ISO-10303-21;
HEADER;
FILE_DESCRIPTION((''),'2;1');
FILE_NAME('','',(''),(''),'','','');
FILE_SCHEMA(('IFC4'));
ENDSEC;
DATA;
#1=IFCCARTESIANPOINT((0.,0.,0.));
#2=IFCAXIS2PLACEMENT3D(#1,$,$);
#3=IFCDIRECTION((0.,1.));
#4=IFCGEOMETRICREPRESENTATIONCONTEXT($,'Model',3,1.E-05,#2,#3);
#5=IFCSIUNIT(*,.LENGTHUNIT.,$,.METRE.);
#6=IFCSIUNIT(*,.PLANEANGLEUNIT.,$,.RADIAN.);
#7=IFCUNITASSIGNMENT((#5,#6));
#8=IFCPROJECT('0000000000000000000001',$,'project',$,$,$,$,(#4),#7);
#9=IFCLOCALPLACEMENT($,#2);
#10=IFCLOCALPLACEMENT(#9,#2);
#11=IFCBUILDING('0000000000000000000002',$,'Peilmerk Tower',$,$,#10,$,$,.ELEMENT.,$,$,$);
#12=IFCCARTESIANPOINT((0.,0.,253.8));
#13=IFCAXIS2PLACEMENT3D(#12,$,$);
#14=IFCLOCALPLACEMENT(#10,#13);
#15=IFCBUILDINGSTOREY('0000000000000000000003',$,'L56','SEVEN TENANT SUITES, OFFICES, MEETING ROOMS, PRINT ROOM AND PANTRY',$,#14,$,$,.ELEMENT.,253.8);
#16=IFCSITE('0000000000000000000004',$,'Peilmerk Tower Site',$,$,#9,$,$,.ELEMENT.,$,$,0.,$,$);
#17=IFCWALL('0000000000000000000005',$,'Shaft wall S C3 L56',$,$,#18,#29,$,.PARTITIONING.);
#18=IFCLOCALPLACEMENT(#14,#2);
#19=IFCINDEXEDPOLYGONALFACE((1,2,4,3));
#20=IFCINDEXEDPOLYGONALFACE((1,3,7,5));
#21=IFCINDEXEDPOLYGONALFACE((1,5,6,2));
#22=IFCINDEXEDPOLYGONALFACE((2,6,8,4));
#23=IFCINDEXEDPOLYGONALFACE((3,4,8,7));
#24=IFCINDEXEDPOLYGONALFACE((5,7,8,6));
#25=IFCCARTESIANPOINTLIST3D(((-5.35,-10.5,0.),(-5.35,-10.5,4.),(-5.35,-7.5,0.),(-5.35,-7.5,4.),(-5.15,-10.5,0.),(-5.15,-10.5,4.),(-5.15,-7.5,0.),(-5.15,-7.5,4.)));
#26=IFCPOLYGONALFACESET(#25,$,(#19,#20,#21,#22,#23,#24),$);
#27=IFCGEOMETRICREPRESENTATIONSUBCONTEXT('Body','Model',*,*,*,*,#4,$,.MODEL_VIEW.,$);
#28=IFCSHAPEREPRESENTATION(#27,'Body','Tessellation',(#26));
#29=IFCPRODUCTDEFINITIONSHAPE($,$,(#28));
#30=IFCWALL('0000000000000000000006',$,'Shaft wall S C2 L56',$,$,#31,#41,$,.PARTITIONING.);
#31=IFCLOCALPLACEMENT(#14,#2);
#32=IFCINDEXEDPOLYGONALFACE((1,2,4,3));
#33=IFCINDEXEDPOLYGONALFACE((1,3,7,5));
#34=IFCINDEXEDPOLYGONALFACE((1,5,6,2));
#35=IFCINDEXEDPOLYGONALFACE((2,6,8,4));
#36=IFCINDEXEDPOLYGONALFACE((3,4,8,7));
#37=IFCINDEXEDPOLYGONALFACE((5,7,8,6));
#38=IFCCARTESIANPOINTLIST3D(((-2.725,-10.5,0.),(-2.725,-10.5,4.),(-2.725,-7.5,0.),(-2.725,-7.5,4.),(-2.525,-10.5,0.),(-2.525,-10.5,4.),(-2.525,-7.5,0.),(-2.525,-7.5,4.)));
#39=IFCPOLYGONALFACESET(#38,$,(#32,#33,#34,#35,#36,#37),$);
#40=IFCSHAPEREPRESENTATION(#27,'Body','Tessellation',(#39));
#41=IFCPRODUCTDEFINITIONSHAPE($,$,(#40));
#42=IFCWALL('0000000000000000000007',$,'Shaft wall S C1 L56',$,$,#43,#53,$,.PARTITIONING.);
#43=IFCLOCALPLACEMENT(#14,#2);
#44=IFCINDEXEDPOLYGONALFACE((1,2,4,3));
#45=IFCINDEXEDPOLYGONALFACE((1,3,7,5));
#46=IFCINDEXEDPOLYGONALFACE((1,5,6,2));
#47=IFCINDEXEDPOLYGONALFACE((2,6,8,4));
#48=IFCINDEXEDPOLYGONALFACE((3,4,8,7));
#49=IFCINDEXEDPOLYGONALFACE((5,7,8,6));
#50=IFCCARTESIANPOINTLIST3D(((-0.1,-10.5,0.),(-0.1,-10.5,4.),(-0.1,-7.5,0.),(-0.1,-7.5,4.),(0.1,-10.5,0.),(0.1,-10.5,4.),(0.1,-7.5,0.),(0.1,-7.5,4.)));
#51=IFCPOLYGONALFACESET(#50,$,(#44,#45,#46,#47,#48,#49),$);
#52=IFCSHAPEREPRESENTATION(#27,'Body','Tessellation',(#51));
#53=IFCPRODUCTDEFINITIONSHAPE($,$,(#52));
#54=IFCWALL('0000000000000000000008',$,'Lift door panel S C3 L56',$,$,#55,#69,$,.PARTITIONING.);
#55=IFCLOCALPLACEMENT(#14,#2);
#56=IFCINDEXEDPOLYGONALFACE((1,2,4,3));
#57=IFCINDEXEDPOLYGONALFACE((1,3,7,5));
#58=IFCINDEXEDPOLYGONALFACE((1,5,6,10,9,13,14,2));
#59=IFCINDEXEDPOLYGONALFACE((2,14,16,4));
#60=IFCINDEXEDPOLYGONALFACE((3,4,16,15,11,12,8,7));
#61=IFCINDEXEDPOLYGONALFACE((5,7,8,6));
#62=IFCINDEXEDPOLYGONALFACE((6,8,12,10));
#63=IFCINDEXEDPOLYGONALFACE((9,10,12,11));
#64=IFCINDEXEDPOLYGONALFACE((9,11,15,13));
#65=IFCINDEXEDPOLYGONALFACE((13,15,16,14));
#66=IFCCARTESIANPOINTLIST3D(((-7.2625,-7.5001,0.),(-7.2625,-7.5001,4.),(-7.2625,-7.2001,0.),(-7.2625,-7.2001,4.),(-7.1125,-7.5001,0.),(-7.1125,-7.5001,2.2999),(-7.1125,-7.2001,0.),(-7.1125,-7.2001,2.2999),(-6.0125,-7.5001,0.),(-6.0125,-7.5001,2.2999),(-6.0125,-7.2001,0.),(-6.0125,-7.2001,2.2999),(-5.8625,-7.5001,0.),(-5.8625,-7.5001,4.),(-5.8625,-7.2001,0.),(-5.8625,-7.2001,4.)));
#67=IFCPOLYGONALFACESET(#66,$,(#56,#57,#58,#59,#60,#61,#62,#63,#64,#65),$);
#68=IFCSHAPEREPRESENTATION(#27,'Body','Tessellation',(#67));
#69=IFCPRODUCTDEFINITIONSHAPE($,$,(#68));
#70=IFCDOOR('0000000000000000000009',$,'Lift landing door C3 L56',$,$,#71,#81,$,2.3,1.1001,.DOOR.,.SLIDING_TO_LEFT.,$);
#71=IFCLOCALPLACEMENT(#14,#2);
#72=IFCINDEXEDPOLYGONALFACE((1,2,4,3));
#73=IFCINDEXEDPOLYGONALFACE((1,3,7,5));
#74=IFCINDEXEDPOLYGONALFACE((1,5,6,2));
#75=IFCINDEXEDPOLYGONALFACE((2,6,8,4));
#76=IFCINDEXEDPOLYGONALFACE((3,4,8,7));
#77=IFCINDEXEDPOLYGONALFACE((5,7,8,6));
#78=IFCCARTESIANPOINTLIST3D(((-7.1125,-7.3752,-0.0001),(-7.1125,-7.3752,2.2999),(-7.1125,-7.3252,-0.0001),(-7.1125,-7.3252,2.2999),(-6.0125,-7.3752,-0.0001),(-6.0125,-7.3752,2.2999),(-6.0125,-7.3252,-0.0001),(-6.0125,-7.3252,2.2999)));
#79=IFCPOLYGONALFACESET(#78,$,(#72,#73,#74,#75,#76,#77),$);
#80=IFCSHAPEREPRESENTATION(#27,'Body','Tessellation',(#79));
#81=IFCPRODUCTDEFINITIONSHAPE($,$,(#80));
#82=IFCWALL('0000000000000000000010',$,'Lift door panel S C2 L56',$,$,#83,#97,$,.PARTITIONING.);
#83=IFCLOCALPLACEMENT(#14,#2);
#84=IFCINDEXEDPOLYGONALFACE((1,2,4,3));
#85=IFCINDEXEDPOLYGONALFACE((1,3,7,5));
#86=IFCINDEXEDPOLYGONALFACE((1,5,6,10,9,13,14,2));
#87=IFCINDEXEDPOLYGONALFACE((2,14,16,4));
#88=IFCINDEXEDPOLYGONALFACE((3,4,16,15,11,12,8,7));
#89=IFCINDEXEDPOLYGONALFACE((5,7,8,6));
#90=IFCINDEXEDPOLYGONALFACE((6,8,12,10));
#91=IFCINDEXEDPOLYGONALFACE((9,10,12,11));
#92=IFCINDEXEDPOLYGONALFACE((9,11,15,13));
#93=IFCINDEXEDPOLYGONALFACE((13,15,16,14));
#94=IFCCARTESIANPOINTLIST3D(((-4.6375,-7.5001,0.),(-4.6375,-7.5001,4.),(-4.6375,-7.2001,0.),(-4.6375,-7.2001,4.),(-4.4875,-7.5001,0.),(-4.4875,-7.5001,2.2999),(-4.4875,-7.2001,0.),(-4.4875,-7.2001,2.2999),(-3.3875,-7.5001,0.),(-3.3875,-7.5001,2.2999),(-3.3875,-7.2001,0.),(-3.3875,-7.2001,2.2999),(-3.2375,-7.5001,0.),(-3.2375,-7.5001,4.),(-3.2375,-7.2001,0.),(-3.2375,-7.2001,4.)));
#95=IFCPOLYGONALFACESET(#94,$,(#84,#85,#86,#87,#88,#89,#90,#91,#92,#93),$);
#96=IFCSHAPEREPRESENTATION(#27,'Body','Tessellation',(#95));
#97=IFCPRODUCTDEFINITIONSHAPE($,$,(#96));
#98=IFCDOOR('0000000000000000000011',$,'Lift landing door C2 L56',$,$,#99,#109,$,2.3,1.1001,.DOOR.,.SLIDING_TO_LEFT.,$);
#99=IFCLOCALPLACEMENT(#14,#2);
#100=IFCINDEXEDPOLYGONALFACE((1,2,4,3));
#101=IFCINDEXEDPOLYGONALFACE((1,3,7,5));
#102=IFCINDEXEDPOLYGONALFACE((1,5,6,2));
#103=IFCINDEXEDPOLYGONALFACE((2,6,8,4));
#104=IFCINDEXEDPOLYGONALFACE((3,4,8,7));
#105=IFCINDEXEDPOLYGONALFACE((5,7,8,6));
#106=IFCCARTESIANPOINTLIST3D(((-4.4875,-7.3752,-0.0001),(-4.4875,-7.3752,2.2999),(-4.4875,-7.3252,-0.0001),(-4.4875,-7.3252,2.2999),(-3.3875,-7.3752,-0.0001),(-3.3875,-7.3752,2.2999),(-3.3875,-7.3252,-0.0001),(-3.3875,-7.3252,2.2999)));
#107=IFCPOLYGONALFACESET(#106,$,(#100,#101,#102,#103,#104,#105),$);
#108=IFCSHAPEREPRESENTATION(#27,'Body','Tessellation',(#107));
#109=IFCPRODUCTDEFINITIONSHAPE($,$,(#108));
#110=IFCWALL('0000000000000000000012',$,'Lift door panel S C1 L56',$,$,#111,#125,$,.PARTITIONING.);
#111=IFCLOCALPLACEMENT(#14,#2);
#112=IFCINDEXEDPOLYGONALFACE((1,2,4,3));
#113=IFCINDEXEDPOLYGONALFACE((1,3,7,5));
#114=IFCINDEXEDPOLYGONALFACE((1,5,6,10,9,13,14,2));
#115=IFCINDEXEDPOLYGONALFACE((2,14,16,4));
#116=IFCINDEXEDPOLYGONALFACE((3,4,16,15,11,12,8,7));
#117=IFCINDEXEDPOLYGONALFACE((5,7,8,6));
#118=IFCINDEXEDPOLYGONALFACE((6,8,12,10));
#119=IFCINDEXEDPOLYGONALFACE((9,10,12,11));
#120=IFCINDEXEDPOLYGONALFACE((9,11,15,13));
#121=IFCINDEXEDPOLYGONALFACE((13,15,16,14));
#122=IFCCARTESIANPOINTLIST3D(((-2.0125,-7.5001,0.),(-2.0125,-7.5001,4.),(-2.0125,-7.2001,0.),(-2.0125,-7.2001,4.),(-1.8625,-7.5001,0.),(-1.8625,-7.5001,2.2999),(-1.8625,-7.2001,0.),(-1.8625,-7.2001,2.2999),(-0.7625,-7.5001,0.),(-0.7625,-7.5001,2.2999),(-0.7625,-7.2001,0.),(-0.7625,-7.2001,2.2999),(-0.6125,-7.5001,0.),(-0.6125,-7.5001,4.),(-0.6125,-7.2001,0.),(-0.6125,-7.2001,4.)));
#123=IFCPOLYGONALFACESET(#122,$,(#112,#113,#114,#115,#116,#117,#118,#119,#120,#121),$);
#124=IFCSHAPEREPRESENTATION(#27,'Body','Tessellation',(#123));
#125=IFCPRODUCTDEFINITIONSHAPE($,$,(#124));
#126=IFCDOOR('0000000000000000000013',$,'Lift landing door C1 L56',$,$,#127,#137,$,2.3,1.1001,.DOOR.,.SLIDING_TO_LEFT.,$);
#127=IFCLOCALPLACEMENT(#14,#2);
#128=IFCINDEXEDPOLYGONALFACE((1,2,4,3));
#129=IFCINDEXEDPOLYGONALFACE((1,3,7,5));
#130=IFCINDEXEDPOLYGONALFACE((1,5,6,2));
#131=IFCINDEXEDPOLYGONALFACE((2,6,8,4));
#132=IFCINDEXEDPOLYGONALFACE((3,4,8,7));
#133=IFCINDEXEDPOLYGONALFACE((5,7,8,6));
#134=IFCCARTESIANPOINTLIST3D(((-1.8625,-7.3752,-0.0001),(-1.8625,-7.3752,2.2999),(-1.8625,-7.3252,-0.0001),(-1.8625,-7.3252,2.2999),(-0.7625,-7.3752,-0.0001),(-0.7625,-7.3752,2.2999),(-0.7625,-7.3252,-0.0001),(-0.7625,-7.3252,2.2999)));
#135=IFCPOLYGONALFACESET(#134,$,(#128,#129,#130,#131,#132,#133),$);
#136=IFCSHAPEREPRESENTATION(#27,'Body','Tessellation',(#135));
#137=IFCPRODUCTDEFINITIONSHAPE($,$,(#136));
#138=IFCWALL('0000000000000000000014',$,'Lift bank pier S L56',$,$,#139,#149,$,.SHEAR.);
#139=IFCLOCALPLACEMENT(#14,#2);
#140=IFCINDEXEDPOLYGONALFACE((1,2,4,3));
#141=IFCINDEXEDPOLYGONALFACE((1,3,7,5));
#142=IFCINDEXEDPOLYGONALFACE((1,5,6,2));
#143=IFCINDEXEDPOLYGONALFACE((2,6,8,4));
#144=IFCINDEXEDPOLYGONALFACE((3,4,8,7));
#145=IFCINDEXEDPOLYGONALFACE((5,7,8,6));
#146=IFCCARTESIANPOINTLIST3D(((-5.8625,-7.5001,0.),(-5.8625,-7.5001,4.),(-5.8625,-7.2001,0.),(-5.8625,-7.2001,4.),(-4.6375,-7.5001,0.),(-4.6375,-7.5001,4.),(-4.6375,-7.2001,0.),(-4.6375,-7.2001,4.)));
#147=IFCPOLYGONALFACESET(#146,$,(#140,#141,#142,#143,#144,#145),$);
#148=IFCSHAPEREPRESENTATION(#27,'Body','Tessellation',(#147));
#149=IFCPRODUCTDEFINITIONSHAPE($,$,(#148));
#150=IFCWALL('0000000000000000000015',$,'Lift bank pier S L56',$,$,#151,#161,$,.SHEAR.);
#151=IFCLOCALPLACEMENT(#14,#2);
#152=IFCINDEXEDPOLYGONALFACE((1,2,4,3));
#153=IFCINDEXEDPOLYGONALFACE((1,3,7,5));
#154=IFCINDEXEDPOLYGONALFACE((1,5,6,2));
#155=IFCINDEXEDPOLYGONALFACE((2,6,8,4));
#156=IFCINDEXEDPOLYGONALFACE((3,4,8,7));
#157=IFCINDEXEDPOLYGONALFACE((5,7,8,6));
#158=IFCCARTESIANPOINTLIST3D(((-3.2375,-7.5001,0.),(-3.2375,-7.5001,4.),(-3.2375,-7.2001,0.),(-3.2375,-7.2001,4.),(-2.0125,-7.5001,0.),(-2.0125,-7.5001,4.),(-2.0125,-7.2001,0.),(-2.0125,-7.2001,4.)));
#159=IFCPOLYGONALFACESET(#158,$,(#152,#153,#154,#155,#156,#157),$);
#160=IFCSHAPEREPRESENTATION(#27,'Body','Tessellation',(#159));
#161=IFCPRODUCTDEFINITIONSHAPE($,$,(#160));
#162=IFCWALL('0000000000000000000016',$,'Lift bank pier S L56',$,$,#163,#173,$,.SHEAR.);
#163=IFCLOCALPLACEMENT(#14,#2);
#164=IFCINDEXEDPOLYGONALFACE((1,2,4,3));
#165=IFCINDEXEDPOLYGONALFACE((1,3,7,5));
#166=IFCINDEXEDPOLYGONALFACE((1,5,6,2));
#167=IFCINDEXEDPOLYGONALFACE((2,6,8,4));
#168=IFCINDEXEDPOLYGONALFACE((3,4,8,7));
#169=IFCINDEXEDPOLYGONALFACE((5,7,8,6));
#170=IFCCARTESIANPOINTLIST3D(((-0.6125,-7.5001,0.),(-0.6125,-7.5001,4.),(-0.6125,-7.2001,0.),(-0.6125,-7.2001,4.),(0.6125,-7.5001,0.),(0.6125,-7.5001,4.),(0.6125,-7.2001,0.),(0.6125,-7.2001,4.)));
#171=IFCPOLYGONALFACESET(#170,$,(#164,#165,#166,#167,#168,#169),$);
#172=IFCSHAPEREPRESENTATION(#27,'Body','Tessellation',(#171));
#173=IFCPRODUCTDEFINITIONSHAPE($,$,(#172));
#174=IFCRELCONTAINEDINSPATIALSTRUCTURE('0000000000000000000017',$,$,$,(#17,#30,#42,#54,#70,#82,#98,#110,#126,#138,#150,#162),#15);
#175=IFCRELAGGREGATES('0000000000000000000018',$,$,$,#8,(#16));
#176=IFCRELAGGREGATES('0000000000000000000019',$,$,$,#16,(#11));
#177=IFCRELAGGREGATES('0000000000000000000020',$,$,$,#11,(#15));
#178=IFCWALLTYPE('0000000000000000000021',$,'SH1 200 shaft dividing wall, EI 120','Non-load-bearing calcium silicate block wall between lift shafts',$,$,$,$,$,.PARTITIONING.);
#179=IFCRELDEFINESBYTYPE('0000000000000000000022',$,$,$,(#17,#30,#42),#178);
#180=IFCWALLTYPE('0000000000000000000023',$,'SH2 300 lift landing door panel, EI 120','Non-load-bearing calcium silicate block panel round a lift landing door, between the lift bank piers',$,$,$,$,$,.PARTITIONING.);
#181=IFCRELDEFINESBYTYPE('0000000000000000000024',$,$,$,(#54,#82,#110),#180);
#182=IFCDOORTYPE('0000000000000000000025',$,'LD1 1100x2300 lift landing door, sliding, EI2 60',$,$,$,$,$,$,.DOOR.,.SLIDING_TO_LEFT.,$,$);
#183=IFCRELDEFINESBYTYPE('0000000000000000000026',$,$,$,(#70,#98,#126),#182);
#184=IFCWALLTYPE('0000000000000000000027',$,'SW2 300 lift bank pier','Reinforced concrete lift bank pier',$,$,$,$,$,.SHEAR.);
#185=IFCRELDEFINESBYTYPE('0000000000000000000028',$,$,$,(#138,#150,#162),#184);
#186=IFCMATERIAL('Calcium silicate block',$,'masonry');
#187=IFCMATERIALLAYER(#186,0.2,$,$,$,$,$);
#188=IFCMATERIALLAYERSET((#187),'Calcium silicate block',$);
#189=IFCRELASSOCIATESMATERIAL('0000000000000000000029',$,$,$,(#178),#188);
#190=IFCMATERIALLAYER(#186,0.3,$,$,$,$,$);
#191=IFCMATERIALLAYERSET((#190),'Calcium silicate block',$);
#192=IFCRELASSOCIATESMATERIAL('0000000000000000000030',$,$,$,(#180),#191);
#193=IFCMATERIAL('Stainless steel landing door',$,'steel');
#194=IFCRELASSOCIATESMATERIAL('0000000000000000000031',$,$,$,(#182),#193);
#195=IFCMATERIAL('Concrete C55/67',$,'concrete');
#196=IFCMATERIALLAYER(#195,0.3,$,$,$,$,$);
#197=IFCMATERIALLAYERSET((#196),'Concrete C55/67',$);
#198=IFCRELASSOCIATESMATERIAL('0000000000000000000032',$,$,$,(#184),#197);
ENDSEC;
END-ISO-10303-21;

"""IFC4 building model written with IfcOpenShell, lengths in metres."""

from ifc_helpers import new_model, si_unit, direction, frame, frame_2d, origin, place, context, subcontext, project, spatial, rectangle, extrude, material, layer, layer_set, type_object, element, fill, save


model = new_model("IFC4")

# Units and contexts
model_context = context("Model", 3, precision=1e-05, world=origin(), true_north=direction((0.0, 1.0)))
body_context = subcontext(model_context, "Body", "Model", "MODEL_VIEW")
ifc_project = project(units=[si_unit("LENGTHUNIT", "METRE"), si_unit("PLANEANGLEUNIT", "RADIAN")], contexts=[model_context])

# Site, building, storey
site_placement = place(None, origin())
site = spatial("IfcSite", under=ifc_project, at=site_placement, Name="Peilmerk Tower Site", CompositionType="ELEMENT", RefElevation=0.0)
building_placement = place(site_placement, origin())
building = spatial("IfcBuilding", under=site, at=building_placement, Name="Peilmerk Tower", CompositionType="ELEMENT")
storey_placement = place(building_placement, frame((0.0, 0.0, 253.8)))
storey = spatial("IfcBuildingStorey", under=building, at=storey_placement, Name="L56", Description="SEVEN TENANT SUITES, OFFICES, MEETING ROOMS, PRINT ROOM AND PANTRY", CompositionType="ELEMENT", Elevation=253.8)

# Walls
ifc_material_1 = material(Name="Calcium silicate block", Category="masonry")
ifc_layer_1 = layer(ifc_material_1, 0.2)
ifc_layer_set_1 = layer_set([ifc_layer_1], Name="Calcium silicate block")
wall_type_1 = type_object("IfcWallType", Name="SH1 200 shaft dividing wall, EI 120", Description="Non-load-bearing calcium silicate block wall between lift shafts", PredefinedType="PARTITIONING", material=ifc_layer_set_1)
for number, where, z_axis, x_axis, name in (
    (1, (-5.25, -10.5, 0.0), (0.0, 0.0, 1.0), (0.0, 1.0, 0.0), "Shaft wall S C3 L56"),
    (2, (-2.625, -10.5, 0.0), (0.0, 0.0, 1.0), (0.0, 1.0, 0.0), "Shaft wall S C2 L56"),
    (3, (0.0, -10.5, 0.0), (0.0, 0.0, 1.0), (0.0, 1.0, 0.0), "Shaft wall S C1 L56"),
):
    element("IfcWall", number, at=place(storey_placement, frame(where, z_axis=z_axis, x_axis=x_axis)), inside=storey, type_object=wall_type_1, Name=name, PredefinedType="PARTITIONING", context=body_context, shape_type="SweptSolid", body=[
        extrude(rectangle(XDim=3.0, YDim=0.2, at=frame_2d((1.5, 0.0))), origin(), (0.0, 0.0, 1.0), 4.0),
    ])

# Walls, openings, doors
ifc_layer_2 = layer(ifc_material_1, 0.3)
ifc_layer_set_2 = layer_set([ifc_layer_2], Name="Calcium silicate block")
wall_type_2 = type_object("IfcWallType", Name="SH2 300 lift landing door panel, EI 120", Description="Non-load-bearing calcium silicate block panel round a lift landing door, between the lift bank piers", PredefinedType="PARTITIONING", material=ifc_layer_set_2)
wall_1_placement = place(storey_placement, frame((-7.2625, -7.3501, 0.0), z_axis=(0.0, 0.0, 1.0), x_axis=(1.0, 0.0, 0.0)))
wall_1 = element("IfcWall", 4, at=wall_1_placement, inside=storey, type_object=wall_type_2, Name="Lift door panel S C3 L56", PredefinedType="PARTITIONING", context=body_context, shape_type="SweptSolid", body=[
    extrude(rectangle(XDim=1.3999, YDim=0.3, at=frame_2d((0.7, 0.0))), origin(), (0.0, 0.0, 1.0), 4.0),
])
opening_1_placement = place(wall_1_placement, frame((0.1499, 0.0, 0.0)))
opening_1 = element("IfcOpeningElement", 5, at=opening_1_placement, cuts=wall_1, PredefinedType="OPENING", context=body_context, shape_type="SweptSolid", body=[
    extrude(rectangle(XDim=1.1001, YDim=2.3, at=frame_2d((0.55, 1.1499))), frame((0.0, 0.1599, 0.0), z_axis=(0.0, -1.0, 0.0), x_axis=(1.0, 0.0, 0.0)), (0.0, 0.0, 1.0), 0.3201),
])
ifc_material_2 = material(Name="Stainless steel landing door", Category="steel")
door_type = type_object("IfcDoorType", Name="LD1 1100x2300 lift landing door, sliding, EI2 60", OperationType="SLIDING_TO_LEFT", PredefinedType="DOOR", material=ifc_material_2)
door_1_placement = place(opening_1_placement, origin())
door_1 = element("IfcDoor", 6, at=door_1_placement, inside=storey, type_object=door_type, Name="Lift landing door C3 L56", OperationType="SLIDING_TO_LEFT", OverallHeight=2.3, OverallWidth=1.1001, PredefinedType="DOOR", context=body_context, shape_type="SweptSolid", body=[
    extrude(rectangle(XDim=1.1001, YDim=2.3, at=frame_2d((0.55, 1.1499))), frame((0.0, 0.0249, 0.0), z_axis=(0.0, -1.0, 0.0), x_axis=(1.0, 0.0, 0.0)), (0.0, 0.0, 1.0), 0.05),
])
fill(opening_1, door_1)
wall_2_placement = place(storey_placement, frame((-4.6375, -7.3501, 0.0), z_axis=(0.0, 0.0, 1.0), x_axis=(1.0, 0.0, 0.0)))
wall_2 = element("IfcWall", 7, at=wall_2_placement, inside=storey, type_object=wall_type_2, Name="Lift door panel S C2 L56", PredefinedType="PARTITIONING", context=body_context, shape_type="SweptSolid", body=[
    extrude(rectangle(XDim=1.3999, YDim=0.3, at=frame_2d((0.7, 0.0))), origin(), (0.0, 0.0, 1.0), 4.0),
])
opening_2_placement = place(wall_2_placement, frame((0.1499, 0.0, 0.0)))
opening_2 = element("IfcOpeningElement", 8, at=opening_2_placement, cuts=wall_2, PredefinedType="OPENING", context=body_context, shape_type="SweptSolid", body=[
    extrude(rectangle(XDim=1.1001, YDim=2.3, at=frame_2d((0.55, 1.1499))), frame((0.0, 0.1599, 0.0), z_axis=(0.0, -1.0, 0.0), x_axis=(1.0, 0.0, 0.0)), (0.0, 0.0, 1.0), 0.3201),
])
door_2_placement = place(opening_2_placement, origin())
door_2 = element("IfcDoor", 9, at=door_2_placement, inside=storey, type_object=door_type, Name="Lift landing door C2 L56", OperationType="SLIDING_TO_LEFT", OverallHeight=2.3, OverallWidth=1.1001, PredefinedType="DOOR", context=body_context, shape_type="SweptSolid", body=[
    extrude(rectangle(XDim=1.1001, YDim=2.3, at=frame_2d((0.55, 1.1499))), frame((0.0, 0.0249, 0.0), z_axis=(0.0, -1.0, 0.0), x_axis=(1.0, 0.0, 0.0)), (0.0, 0.0, 1.0), 0.05),
])
fill(opening_2, door_2)
wall_3_placement = place(storey_placement, frame((-2.0125, -7.3501, 0.0), z_axis=(0.0, 0.0, 1.0), x_axis=(1.0, 0.0, 0.0)))
wall_3 = element("IfcWall", 10, at=wall_3_placement, inside=storey, type_object=wall_type_2, Name="Lift door panel S C1 L56", PredefinedType="PARTITIONING", context=body_context, shape_type="SweptSolid", body=[
    extrude(rectangle(XDim=1.3999, YDim=0.3, at=frame_2d((0.7, 0.0))), origin(), (0.0, 0.0, 1.0), 4.0),
])
opening_3_placement = place(wall_3_placement, frame((0.1499, 0.0, 0.0)))
opening_3 = element("IfcOpeningElement", 11, at=opening_3_placement, cuts=wall_3, PredefinedType="OPENING", context=body_context, shape_type="SweptSolid", body=[
    extrude(rectangle(XDim=1.1001, YDim=2.3, at=frame_2d((0.55, 1.1499))), frame((0.0, 0.1599, 0.0), z_axis=(0.0, -1.0, 0.0), x_axis=(1.0, 0.0, 0.0)), (0.0, 0.0, 1.0), 0.3201),
])
door_3_placement = place(opening_3_placement, origin())
door_3 = element("IfcDoor", 12, at=door_3_placement, inside=storey, type_object=door_type, Name="Lift landing door C1 L56", OperationType="SLIDING_TO_LEFT", OverallHeight=2.3, OverallWidth=1.1001, PredefinedType="DOOR", context=body_context, shape_type="SweptSolid", body=[
    extrude(rectangle(XDim=1.1001, YDim=2.3, at=frame_2d((0.55, 1.1499))), frame((0.0, 0.0249, 0.0), z_axis=(0.0, -1.0, 0.0), x_axis=(1.0, 0.0, 0.0)), (0.0, 0.0, 1.0), 0.05),
])
fill(opening_3, door_3)

# Walls
ifc_material_3 = material(Name="Concrete C55/67", Category="concrete")
ifc_layer_3 = layer(ifc_material_3, 0.3)
ifc_layer_set_3 = layer_set([ifc_layer_3], Name="Concrete C55/67")
wall_type_3 = type_object("IfcWallType", Name="SW2 300 lift bank pier", Description="Reinforced concrete lift bank pier", PredefinedType="SHEAR", material=ifc_layer_set_3)
for number, where, z_axis, x_axis, name in (
    (13, (-5.8625, -7.3501, 0.0), (0.0, 0.0, 1.0), (1.0, 0.0, 0.0), "Lift bank pier S L56"),
    (14, (-3.2375, -7.3501, 0.0), (0.0, 0.0, 1.0), (1.0, 0.0, 0.0), "Lift bank pier S L56"),
    (15, (-0.6125, -7.3501, 0.0), (0.0, 0.0, 1.0), (1.0, 0.0, 0.0), "Lift bank pier S L56"),
):
    element("IfcWall", number, at=place(storey_placement, frame(where, z_axis=z_axis, x_axis=x_axis)), inside=storey, type_object=wall_type_3, Name=name, PredefinedType="SHEAR", context=body_context, shape_type="SweptSolid", body=[
        extrude(rectangle(XDim=1.2251, YDim=0.3, at=frame_2d((0.6125, 0.0))), origin(), (0.0, 0.0, 1.0), 4.0),
    ])

save(model, "model.ifc")
